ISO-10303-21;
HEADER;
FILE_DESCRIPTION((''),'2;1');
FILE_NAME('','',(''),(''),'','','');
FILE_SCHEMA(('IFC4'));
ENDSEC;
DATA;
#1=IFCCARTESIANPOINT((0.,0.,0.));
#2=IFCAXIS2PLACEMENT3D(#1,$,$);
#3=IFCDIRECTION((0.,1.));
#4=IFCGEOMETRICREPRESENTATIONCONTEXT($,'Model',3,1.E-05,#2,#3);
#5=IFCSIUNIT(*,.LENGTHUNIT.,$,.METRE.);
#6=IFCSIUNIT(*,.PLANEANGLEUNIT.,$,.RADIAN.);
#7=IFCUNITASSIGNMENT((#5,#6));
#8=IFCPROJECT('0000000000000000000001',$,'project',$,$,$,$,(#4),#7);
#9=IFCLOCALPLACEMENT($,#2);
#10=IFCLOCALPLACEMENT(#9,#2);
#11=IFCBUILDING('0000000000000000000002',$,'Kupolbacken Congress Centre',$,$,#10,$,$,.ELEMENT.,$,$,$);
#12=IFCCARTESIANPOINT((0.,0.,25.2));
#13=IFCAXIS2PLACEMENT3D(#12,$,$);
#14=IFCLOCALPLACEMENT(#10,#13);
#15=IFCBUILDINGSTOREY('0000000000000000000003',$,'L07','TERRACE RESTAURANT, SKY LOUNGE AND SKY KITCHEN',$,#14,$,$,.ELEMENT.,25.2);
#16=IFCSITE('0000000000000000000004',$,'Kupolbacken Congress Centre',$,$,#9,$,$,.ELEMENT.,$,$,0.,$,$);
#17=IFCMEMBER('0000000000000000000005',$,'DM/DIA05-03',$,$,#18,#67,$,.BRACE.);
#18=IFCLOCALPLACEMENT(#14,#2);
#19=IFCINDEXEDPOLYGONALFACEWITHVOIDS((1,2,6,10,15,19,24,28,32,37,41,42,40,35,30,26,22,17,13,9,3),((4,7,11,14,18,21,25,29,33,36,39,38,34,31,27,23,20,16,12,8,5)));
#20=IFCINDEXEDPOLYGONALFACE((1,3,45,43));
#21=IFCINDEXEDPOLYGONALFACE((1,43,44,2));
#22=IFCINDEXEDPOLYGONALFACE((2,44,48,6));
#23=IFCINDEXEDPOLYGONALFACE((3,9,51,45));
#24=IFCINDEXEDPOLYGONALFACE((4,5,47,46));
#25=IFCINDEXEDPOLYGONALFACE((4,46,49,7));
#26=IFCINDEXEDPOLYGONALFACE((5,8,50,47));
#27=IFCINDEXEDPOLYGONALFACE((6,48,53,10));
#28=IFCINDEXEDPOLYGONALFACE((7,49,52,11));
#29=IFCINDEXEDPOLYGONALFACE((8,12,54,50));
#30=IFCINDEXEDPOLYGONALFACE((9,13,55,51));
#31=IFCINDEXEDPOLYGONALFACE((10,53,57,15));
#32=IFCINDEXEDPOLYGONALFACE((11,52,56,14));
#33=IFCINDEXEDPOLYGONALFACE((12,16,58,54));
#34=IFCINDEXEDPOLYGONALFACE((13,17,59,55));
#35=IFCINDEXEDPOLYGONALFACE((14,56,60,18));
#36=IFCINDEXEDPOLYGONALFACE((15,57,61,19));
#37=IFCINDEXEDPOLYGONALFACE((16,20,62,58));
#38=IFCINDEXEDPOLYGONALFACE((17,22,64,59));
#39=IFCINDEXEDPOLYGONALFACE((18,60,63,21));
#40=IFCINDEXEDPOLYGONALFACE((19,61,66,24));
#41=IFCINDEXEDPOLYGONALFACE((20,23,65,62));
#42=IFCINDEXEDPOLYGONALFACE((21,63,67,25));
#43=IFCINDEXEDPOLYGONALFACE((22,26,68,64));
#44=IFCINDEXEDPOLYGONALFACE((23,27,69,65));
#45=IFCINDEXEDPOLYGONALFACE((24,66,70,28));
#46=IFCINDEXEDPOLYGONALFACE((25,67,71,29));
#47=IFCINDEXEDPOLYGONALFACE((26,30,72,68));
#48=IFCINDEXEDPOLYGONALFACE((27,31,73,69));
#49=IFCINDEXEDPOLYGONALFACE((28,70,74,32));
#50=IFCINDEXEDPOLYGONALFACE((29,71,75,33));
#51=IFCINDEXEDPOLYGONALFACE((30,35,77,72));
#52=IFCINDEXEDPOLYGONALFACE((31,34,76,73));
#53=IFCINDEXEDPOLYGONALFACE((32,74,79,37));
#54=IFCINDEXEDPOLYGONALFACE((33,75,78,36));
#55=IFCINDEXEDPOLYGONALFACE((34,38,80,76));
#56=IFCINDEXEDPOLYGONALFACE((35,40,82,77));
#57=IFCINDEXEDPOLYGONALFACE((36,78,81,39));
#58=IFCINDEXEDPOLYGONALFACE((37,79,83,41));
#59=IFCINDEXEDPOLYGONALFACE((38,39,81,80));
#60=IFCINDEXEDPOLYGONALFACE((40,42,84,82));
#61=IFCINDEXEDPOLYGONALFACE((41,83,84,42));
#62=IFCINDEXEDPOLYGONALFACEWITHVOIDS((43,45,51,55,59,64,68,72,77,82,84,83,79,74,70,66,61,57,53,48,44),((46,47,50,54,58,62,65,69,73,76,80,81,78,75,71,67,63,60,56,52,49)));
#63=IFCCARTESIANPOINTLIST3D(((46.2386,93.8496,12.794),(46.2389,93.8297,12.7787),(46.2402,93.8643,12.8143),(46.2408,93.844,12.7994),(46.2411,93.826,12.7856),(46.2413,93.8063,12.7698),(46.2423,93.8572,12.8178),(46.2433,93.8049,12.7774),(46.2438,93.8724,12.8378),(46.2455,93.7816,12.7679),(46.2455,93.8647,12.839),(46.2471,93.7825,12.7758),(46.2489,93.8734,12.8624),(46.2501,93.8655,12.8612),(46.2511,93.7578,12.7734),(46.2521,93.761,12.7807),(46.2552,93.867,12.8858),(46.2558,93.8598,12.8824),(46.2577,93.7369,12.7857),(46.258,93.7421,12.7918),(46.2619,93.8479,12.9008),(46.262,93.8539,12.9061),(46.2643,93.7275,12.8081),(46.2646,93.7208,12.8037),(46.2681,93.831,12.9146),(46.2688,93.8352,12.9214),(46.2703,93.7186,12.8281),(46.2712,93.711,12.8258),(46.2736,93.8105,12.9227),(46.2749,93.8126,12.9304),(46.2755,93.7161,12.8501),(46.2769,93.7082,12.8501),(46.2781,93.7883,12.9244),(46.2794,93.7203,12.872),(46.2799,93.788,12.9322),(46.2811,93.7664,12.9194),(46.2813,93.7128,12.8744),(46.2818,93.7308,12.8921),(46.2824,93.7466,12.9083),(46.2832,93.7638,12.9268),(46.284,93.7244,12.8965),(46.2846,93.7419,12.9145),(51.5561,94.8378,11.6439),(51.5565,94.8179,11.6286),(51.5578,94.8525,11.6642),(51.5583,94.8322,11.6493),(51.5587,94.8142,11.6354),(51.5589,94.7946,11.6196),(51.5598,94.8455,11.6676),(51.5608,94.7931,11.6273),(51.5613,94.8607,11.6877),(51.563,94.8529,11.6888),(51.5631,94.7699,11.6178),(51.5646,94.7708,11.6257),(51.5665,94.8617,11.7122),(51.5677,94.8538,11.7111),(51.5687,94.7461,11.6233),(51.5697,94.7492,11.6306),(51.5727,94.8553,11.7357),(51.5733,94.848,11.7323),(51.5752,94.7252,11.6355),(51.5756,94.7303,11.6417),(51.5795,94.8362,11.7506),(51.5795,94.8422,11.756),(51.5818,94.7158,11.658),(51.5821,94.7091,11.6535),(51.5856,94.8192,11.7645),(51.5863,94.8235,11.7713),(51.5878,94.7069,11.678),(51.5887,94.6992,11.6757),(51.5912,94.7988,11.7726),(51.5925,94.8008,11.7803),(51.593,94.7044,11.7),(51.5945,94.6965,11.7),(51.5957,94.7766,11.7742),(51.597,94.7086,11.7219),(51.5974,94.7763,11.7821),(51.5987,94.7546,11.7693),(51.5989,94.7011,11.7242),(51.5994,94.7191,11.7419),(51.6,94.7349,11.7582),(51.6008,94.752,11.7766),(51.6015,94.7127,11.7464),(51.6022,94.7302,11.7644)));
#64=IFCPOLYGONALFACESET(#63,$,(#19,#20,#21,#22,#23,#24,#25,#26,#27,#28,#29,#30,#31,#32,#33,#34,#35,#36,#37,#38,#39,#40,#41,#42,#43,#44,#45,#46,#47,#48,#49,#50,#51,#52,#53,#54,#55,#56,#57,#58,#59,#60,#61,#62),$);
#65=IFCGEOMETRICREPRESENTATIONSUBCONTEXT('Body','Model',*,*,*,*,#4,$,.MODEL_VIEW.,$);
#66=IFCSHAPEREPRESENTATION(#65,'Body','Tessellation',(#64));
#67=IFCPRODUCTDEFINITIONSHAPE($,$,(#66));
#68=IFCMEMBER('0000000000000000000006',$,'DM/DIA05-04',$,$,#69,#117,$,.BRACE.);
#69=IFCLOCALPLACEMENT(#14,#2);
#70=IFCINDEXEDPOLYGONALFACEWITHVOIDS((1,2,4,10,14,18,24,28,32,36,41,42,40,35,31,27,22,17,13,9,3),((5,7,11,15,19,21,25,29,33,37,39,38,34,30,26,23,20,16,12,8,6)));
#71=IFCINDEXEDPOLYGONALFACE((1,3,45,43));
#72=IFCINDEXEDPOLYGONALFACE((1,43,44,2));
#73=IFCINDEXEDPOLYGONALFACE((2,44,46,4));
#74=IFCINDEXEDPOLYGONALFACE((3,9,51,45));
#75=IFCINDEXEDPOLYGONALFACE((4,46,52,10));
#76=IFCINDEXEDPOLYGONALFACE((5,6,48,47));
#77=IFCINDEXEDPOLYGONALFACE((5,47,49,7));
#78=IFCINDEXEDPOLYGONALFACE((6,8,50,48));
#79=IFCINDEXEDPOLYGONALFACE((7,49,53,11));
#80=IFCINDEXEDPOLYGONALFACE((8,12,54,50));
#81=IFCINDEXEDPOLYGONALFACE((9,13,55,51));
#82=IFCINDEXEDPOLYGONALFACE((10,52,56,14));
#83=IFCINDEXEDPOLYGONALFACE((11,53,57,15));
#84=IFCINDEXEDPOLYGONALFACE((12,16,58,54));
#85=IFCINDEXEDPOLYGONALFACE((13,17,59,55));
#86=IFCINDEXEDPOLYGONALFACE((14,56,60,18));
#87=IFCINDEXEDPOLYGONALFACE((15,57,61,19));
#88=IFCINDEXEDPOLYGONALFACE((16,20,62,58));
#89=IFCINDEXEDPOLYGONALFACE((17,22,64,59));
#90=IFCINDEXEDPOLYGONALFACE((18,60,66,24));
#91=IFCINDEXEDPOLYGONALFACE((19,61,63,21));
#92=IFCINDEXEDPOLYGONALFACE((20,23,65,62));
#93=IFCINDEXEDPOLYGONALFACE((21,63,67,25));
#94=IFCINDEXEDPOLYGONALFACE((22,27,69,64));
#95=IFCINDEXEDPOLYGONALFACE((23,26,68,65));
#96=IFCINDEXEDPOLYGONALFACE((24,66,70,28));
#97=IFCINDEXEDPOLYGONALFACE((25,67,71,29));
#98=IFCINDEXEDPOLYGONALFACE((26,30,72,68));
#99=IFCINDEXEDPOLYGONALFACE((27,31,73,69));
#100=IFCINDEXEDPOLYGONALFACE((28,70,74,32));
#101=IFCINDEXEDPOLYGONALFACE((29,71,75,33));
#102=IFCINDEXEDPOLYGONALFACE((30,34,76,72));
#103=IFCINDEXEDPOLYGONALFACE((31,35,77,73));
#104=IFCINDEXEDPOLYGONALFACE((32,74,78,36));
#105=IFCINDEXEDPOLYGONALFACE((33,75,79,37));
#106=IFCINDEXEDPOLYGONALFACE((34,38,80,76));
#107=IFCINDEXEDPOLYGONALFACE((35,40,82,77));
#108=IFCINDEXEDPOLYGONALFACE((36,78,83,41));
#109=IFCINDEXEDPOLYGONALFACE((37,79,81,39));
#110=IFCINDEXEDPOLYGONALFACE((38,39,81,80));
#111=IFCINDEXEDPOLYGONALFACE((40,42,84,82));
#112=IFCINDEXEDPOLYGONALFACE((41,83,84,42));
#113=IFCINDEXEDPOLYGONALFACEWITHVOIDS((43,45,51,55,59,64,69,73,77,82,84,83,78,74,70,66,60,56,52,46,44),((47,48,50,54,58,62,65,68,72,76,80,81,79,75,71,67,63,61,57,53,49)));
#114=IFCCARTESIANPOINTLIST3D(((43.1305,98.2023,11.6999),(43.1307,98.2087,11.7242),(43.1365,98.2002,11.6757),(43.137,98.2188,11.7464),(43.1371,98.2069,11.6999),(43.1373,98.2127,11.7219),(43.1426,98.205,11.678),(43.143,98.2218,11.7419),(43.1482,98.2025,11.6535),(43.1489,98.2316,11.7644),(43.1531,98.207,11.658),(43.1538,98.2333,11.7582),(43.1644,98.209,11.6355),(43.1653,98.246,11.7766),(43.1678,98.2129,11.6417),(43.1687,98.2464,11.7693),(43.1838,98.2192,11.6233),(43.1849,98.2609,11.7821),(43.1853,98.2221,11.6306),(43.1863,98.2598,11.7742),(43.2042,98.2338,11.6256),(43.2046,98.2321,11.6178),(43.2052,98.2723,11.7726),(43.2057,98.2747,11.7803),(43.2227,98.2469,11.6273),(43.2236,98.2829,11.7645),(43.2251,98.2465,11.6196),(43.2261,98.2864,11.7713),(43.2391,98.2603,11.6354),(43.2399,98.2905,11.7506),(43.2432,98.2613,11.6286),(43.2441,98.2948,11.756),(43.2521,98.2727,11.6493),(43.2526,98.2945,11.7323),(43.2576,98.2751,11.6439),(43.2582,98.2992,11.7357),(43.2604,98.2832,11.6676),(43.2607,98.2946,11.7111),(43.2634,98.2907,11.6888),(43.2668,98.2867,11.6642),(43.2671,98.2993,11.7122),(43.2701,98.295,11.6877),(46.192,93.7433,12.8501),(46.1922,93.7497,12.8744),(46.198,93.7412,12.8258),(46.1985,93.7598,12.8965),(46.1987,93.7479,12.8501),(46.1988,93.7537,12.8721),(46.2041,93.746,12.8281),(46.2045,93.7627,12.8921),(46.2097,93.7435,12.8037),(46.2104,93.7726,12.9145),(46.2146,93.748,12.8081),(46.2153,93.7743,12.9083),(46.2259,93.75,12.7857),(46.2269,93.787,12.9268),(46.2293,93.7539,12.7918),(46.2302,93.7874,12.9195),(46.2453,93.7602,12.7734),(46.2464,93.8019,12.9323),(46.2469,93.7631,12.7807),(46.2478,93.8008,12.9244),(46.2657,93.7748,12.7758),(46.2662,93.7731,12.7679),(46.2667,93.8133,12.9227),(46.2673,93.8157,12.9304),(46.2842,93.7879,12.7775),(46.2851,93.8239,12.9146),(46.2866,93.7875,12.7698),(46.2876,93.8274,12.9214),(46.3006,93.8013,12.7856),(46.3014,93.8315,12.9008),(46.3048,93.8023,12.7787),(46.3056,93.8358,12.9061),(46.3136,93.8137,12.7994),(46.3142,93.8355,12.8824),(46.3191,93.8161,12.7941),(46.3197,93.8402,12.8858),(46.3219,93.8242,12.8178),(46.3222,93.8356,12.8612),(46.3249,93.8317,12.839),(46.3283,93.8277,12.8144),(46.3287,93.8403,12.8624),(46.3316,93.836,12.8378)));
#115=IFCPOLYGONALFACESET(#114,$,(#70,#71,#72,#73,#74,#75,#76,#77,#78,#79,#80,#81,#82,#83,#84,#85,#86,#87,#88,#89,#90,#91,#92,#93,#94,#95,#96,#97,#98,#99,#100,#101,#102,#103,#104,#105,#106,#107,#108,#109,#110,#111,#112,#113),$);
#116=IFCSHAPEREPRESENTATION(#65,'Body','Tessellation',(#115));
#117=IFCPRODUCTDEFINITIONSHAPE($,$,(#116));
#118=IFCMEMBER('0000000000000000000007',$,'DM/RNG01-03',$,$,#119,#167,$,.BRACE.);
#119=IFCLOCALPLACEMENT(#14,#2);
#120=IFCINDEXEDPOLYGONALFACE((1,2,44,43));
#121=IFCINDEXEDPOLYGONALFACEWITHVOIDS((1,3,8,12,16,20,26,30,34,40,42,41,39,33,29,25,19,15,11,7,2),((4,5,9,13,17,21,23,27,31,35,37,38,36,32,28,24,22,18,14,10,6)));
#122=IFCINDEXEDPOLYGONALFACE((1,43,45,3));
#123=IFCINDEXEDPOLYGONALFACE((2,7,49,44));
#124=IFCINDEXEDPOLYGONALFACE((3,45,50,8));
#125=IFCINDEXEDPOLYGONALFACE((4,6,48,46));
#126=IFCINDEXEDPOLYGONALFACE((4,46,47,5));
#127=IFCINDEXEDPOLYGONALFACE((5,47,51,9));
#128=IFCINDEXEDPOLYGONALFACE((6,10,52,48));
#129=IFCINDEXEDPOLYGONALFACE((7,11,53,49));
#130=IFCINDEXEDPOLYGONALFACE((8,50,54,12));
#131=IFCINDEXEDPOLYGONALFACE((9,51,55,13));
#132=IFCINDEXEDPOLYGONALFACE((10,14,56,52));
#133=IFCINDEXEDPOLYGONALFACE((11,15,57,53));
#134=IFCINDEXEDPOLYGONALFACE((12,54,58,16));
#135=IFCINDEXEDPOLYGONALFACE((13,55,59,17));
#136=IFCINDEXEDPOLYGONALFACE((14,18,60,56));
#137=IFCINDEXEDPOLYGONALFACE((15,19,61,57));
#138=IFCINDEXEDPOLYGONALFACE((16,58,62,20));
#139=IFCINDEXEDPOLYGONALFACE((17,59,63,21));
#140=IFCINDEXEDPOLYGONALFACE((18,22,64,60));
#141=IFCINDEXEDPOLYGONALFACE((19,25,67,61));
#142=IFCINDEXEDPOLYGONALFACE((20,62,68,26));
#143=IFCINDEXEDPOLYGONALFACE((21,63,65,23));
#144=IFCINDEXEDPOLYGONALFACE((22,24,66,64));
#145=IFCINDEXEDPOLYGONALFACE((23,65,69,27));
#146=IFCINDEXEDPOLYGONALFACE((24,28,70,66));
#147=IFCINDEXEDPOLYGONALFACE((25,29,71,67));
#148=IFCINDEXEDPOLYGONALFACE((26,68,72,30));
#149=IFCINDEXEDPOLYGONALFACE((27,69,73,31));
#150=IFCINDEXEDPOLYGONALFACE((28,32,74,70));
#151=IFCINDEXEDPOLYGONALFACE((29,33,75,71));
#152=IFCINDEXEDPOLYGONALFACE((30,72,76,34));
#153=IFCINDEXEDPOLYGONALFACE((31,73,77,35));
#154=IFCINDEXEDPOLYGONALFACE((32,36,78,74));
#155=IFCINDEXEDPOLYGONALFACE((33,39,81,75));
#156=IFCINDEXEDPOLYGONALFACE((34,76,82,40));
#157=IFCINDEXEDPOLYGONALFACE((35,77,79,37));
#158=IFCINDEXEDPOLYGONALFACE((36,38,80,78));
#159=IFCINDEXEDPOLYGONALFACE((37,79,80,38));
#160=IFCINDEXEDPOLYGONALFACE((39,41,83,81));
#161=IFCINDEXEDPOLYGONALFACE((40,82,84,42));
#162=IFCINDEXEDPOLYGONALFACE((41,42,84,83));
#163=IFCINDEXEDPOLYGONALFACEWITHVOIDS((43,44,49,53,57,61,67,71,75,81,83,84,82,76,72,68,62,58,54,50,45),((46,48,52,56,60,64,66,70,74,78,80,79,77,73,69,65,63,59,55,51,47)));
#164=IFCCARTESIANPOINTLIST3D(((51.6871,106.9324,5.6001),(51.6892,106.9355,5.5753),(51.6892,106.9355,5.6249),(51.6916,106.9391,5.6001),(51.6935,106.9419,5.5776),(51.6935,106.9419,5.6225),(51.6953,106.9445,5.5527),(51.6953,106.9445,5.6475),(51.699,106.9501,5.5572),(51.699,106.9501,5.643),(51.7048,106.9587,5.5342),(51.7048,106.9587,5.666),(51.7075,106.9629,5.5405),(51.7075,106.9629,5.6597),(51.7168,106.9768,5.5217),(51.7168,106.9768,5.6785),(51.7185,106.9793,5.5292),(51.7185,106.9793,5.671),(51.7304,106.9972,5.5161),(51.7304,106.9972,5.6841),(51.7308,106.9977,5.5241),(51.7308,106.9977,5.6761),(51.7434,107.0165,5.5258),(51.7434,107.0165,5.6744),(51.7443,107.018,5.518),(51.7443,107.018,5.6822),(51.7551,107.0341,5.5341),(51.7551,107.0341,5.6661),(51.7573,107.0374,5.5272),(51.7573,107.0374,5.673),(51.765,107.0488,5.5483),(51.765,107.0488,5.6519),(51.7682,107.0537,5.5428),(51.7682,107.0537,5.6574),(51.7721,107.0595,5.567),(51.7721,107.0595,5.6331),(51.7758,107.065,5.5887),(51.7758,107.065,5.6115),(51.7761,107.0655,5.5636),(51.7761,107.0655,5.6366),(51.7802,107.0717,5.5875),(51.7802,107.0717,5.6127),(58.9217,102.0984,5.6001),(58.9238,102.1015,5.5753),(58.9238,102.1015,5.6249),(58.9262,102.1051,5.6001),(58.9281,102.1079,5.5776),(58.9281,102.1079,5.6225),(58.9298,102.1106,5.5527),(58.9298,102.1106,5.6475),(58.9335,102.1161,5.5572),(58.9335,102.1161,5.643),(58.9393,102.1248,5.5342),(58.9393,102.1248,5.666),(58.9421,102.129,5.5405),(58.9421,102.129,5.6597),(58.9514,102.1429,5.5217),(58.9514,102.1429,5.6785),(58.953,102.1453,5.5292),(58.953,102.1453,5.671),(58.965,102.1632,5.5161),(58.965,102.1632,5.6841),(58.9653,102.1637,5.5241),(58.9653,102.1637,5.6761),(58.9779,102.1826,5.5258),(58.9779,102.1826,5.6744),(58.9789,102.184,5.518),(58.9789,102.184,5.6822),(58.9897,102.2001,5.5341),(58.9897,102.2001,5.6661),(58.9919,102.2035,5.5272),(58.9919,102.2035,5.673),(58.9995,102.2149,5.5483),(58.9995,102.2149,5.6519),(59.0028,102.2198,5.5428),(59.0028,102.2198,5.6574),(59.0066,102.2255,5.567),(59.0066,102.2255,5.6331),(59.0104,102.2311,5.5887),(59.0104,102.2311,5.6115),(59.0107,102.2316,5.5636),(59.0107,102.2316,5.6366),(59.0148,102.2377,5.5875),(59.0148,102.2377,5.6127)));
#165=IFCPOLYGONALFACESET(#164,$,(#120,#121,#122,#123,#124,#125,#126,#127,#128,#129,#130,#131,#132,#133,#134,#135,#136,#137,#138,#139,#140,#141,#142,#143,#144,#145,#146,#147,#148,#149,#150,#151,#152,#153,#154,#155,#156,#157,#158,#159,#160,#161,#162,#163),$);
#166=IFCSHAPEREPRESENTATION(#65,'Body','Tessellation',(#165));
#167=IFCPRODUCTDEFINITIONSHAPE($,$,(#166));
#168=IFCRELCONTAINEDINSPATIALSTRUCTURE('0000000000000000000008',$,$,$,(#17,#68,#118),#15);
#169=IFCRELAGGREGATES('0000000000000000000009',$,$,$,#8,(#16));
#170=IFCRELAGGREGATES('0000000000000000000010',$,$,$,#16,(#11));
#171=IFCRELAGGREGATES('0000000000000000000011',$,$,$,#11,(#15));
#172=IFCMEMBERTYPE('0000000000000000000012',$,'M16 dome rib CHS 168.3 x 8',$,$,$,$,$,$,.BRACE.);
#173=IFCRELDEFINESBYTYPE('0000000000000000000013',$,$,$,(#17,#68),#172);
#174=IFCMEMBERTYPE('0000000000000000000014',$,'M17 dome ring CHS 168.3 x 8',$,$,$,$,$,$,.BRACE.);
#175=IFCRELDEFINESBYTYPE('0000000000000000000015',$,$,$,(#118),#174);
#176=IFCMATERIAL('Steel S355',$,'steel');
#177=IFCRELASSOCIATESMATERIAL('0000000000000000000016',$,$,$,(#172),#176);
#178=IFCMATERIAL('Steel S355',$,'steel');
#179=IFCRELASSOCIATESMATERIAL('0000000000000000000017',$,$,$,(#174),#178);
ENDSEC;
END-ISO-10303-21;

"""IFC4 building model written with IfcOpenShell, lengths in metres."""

from ifc_helpers import new_model, si_unit, direction, frame, origin, origin_2d, place, context, subcontext, project, spatial, hollow_circle, extrude, material, material_profile, profile_set, type_object, element, save


model = new_model("IFC4")

# Units and contexts
model_context = context("Model", 3, precision=1e-05, world=origin(), true_north=direction((0.0, 1.0)))
body_context = subcontext(model_context, "Body", "Model", "MODEL_VIEW")
ifc_project = project(units=[si_unit("LENGTHUNIT", "METRE"), si_unit("PLANEANGLEUNIT", "RADIAN")], contexts=[model_context])

# Site, building, storey
site_placement = place(None, origin())
site = spatial("IfcSite", under=ifc_project, at=site_placement, Name="Kupolbacken Congress Centre", CompositionType="ELEMENT", RefElevation=0.0)
building_placement = place(site_placement, origin())
building = spatial("IfcBuilding", under=site, at=building_placement, Name="Kupolbacken Congress Centre", CompositionType="ELEMENT")
storey_placement = place(building_placement, frame((0.0, 0.0, 25.2)))
storey = spatial("IfcBuildingStorey", under=building, at=storey_placement, Name="L07", Description="TERRACE RESTAURANT, SKY LOUNGE AND SKY KITCHEN", CompositionType="ELEMENT", Elevation=25.2)

# Members
ifc_material_1 = material(Name="Steel S355", Category="steel")
ifc_material_profile_1 = material_profile(ifc_material_1, hollow_circle(Radius=0.0842, WallThickness=0.0081, at=origin_2d()), Name="CHS 168.3 x 8")
ifc_profile_set_1 = profile_set([ifc_material_profile_1], Name="Steel S355")
member_type_1 = type_object("IfcMemberType", Name="M16 dome rib CHS 168.3 x 8", PredefinedType="BRACE", material=ifc_profile_set_1)
member_1_placement = place(storey_placement, frame((51.5791, 94.7793, 11.7), z_axis=(-0.961662, -0.178725, 0.207997), x_axis=(0.182721, -0.983165, 0.0)))
element("IfcMember", 1, at=member_1_placement, inside=storey, type_object=member_type_1, Name="DM/DIA05-03", PredefinedType="BRACE", context=body_context, shape_type="SweptSolid", body=[
    extrude(hollow_circle(Radius=0.0842, WallThickness=0.0081, at=origin_2d()), origin(), (0.0, 0.0, 1.0), 5.5295),
])
member_2_placement = place(storey_placement, frame((46.2615, 93.791, 12.8501), z_axis=(-0.553644, 0.806361, -0.207992), x_axis=(-0.824389, -0.566023, 0.0)))
element("IfcMember", 2, at=member_2_placement, inside=storey, type_object=member_type_1, Name="DM/DIA05-04", PredefinedType="BRACE", context=body_context, shape_type="SweptSolid", body=[
    extrude(hollow_circle(Radius=0.0842, WallThickness=0.0081, at=origin_2d()), origin(), (0.0, 0.0, 1.0), 5.5298),
])
ifc_material_2 = material(Name="Steel S355", Category="steel")
ifc_material_profile_2 = material_profile(ifc_material_2, hollow_circle(Radius=0.0842, WallThickness=0.0081, at=origin_2d()), Name="CHS 168.3 x 8")
ifc_profile_set_2 = profile_set([ifc_material_profile_2], Name="Steel S355")
member_type_2 = type_object("IfcMemberType", Name="M17 dome ring CHS 168.3 x 8", PredefinedType="BRACE", material=ifc_profile_set_2)
member_3_placement = place(storey_placement, frame((58.9685, 102.1685, 5.6001), z_axis=(-0.831471, 0.555568, 0.0), x_axis=(-0.555568, -0.831471, 0.0)))
element("IfcMember", 3, at=member_3_placement, inside=storey, type_object=member_type_2, Name="DM/RNG01-03", PredefinedType="BRACE", context=body_context, shape_type="SweptSolid", body=[
    extrude(hollow_circle(Radius=0.0842, WallThickness=0.0081, at=origin_2d()), origin(), (0.0, 0.0, 1.0), 8.7009),
])

save(model, "model.ifc")
